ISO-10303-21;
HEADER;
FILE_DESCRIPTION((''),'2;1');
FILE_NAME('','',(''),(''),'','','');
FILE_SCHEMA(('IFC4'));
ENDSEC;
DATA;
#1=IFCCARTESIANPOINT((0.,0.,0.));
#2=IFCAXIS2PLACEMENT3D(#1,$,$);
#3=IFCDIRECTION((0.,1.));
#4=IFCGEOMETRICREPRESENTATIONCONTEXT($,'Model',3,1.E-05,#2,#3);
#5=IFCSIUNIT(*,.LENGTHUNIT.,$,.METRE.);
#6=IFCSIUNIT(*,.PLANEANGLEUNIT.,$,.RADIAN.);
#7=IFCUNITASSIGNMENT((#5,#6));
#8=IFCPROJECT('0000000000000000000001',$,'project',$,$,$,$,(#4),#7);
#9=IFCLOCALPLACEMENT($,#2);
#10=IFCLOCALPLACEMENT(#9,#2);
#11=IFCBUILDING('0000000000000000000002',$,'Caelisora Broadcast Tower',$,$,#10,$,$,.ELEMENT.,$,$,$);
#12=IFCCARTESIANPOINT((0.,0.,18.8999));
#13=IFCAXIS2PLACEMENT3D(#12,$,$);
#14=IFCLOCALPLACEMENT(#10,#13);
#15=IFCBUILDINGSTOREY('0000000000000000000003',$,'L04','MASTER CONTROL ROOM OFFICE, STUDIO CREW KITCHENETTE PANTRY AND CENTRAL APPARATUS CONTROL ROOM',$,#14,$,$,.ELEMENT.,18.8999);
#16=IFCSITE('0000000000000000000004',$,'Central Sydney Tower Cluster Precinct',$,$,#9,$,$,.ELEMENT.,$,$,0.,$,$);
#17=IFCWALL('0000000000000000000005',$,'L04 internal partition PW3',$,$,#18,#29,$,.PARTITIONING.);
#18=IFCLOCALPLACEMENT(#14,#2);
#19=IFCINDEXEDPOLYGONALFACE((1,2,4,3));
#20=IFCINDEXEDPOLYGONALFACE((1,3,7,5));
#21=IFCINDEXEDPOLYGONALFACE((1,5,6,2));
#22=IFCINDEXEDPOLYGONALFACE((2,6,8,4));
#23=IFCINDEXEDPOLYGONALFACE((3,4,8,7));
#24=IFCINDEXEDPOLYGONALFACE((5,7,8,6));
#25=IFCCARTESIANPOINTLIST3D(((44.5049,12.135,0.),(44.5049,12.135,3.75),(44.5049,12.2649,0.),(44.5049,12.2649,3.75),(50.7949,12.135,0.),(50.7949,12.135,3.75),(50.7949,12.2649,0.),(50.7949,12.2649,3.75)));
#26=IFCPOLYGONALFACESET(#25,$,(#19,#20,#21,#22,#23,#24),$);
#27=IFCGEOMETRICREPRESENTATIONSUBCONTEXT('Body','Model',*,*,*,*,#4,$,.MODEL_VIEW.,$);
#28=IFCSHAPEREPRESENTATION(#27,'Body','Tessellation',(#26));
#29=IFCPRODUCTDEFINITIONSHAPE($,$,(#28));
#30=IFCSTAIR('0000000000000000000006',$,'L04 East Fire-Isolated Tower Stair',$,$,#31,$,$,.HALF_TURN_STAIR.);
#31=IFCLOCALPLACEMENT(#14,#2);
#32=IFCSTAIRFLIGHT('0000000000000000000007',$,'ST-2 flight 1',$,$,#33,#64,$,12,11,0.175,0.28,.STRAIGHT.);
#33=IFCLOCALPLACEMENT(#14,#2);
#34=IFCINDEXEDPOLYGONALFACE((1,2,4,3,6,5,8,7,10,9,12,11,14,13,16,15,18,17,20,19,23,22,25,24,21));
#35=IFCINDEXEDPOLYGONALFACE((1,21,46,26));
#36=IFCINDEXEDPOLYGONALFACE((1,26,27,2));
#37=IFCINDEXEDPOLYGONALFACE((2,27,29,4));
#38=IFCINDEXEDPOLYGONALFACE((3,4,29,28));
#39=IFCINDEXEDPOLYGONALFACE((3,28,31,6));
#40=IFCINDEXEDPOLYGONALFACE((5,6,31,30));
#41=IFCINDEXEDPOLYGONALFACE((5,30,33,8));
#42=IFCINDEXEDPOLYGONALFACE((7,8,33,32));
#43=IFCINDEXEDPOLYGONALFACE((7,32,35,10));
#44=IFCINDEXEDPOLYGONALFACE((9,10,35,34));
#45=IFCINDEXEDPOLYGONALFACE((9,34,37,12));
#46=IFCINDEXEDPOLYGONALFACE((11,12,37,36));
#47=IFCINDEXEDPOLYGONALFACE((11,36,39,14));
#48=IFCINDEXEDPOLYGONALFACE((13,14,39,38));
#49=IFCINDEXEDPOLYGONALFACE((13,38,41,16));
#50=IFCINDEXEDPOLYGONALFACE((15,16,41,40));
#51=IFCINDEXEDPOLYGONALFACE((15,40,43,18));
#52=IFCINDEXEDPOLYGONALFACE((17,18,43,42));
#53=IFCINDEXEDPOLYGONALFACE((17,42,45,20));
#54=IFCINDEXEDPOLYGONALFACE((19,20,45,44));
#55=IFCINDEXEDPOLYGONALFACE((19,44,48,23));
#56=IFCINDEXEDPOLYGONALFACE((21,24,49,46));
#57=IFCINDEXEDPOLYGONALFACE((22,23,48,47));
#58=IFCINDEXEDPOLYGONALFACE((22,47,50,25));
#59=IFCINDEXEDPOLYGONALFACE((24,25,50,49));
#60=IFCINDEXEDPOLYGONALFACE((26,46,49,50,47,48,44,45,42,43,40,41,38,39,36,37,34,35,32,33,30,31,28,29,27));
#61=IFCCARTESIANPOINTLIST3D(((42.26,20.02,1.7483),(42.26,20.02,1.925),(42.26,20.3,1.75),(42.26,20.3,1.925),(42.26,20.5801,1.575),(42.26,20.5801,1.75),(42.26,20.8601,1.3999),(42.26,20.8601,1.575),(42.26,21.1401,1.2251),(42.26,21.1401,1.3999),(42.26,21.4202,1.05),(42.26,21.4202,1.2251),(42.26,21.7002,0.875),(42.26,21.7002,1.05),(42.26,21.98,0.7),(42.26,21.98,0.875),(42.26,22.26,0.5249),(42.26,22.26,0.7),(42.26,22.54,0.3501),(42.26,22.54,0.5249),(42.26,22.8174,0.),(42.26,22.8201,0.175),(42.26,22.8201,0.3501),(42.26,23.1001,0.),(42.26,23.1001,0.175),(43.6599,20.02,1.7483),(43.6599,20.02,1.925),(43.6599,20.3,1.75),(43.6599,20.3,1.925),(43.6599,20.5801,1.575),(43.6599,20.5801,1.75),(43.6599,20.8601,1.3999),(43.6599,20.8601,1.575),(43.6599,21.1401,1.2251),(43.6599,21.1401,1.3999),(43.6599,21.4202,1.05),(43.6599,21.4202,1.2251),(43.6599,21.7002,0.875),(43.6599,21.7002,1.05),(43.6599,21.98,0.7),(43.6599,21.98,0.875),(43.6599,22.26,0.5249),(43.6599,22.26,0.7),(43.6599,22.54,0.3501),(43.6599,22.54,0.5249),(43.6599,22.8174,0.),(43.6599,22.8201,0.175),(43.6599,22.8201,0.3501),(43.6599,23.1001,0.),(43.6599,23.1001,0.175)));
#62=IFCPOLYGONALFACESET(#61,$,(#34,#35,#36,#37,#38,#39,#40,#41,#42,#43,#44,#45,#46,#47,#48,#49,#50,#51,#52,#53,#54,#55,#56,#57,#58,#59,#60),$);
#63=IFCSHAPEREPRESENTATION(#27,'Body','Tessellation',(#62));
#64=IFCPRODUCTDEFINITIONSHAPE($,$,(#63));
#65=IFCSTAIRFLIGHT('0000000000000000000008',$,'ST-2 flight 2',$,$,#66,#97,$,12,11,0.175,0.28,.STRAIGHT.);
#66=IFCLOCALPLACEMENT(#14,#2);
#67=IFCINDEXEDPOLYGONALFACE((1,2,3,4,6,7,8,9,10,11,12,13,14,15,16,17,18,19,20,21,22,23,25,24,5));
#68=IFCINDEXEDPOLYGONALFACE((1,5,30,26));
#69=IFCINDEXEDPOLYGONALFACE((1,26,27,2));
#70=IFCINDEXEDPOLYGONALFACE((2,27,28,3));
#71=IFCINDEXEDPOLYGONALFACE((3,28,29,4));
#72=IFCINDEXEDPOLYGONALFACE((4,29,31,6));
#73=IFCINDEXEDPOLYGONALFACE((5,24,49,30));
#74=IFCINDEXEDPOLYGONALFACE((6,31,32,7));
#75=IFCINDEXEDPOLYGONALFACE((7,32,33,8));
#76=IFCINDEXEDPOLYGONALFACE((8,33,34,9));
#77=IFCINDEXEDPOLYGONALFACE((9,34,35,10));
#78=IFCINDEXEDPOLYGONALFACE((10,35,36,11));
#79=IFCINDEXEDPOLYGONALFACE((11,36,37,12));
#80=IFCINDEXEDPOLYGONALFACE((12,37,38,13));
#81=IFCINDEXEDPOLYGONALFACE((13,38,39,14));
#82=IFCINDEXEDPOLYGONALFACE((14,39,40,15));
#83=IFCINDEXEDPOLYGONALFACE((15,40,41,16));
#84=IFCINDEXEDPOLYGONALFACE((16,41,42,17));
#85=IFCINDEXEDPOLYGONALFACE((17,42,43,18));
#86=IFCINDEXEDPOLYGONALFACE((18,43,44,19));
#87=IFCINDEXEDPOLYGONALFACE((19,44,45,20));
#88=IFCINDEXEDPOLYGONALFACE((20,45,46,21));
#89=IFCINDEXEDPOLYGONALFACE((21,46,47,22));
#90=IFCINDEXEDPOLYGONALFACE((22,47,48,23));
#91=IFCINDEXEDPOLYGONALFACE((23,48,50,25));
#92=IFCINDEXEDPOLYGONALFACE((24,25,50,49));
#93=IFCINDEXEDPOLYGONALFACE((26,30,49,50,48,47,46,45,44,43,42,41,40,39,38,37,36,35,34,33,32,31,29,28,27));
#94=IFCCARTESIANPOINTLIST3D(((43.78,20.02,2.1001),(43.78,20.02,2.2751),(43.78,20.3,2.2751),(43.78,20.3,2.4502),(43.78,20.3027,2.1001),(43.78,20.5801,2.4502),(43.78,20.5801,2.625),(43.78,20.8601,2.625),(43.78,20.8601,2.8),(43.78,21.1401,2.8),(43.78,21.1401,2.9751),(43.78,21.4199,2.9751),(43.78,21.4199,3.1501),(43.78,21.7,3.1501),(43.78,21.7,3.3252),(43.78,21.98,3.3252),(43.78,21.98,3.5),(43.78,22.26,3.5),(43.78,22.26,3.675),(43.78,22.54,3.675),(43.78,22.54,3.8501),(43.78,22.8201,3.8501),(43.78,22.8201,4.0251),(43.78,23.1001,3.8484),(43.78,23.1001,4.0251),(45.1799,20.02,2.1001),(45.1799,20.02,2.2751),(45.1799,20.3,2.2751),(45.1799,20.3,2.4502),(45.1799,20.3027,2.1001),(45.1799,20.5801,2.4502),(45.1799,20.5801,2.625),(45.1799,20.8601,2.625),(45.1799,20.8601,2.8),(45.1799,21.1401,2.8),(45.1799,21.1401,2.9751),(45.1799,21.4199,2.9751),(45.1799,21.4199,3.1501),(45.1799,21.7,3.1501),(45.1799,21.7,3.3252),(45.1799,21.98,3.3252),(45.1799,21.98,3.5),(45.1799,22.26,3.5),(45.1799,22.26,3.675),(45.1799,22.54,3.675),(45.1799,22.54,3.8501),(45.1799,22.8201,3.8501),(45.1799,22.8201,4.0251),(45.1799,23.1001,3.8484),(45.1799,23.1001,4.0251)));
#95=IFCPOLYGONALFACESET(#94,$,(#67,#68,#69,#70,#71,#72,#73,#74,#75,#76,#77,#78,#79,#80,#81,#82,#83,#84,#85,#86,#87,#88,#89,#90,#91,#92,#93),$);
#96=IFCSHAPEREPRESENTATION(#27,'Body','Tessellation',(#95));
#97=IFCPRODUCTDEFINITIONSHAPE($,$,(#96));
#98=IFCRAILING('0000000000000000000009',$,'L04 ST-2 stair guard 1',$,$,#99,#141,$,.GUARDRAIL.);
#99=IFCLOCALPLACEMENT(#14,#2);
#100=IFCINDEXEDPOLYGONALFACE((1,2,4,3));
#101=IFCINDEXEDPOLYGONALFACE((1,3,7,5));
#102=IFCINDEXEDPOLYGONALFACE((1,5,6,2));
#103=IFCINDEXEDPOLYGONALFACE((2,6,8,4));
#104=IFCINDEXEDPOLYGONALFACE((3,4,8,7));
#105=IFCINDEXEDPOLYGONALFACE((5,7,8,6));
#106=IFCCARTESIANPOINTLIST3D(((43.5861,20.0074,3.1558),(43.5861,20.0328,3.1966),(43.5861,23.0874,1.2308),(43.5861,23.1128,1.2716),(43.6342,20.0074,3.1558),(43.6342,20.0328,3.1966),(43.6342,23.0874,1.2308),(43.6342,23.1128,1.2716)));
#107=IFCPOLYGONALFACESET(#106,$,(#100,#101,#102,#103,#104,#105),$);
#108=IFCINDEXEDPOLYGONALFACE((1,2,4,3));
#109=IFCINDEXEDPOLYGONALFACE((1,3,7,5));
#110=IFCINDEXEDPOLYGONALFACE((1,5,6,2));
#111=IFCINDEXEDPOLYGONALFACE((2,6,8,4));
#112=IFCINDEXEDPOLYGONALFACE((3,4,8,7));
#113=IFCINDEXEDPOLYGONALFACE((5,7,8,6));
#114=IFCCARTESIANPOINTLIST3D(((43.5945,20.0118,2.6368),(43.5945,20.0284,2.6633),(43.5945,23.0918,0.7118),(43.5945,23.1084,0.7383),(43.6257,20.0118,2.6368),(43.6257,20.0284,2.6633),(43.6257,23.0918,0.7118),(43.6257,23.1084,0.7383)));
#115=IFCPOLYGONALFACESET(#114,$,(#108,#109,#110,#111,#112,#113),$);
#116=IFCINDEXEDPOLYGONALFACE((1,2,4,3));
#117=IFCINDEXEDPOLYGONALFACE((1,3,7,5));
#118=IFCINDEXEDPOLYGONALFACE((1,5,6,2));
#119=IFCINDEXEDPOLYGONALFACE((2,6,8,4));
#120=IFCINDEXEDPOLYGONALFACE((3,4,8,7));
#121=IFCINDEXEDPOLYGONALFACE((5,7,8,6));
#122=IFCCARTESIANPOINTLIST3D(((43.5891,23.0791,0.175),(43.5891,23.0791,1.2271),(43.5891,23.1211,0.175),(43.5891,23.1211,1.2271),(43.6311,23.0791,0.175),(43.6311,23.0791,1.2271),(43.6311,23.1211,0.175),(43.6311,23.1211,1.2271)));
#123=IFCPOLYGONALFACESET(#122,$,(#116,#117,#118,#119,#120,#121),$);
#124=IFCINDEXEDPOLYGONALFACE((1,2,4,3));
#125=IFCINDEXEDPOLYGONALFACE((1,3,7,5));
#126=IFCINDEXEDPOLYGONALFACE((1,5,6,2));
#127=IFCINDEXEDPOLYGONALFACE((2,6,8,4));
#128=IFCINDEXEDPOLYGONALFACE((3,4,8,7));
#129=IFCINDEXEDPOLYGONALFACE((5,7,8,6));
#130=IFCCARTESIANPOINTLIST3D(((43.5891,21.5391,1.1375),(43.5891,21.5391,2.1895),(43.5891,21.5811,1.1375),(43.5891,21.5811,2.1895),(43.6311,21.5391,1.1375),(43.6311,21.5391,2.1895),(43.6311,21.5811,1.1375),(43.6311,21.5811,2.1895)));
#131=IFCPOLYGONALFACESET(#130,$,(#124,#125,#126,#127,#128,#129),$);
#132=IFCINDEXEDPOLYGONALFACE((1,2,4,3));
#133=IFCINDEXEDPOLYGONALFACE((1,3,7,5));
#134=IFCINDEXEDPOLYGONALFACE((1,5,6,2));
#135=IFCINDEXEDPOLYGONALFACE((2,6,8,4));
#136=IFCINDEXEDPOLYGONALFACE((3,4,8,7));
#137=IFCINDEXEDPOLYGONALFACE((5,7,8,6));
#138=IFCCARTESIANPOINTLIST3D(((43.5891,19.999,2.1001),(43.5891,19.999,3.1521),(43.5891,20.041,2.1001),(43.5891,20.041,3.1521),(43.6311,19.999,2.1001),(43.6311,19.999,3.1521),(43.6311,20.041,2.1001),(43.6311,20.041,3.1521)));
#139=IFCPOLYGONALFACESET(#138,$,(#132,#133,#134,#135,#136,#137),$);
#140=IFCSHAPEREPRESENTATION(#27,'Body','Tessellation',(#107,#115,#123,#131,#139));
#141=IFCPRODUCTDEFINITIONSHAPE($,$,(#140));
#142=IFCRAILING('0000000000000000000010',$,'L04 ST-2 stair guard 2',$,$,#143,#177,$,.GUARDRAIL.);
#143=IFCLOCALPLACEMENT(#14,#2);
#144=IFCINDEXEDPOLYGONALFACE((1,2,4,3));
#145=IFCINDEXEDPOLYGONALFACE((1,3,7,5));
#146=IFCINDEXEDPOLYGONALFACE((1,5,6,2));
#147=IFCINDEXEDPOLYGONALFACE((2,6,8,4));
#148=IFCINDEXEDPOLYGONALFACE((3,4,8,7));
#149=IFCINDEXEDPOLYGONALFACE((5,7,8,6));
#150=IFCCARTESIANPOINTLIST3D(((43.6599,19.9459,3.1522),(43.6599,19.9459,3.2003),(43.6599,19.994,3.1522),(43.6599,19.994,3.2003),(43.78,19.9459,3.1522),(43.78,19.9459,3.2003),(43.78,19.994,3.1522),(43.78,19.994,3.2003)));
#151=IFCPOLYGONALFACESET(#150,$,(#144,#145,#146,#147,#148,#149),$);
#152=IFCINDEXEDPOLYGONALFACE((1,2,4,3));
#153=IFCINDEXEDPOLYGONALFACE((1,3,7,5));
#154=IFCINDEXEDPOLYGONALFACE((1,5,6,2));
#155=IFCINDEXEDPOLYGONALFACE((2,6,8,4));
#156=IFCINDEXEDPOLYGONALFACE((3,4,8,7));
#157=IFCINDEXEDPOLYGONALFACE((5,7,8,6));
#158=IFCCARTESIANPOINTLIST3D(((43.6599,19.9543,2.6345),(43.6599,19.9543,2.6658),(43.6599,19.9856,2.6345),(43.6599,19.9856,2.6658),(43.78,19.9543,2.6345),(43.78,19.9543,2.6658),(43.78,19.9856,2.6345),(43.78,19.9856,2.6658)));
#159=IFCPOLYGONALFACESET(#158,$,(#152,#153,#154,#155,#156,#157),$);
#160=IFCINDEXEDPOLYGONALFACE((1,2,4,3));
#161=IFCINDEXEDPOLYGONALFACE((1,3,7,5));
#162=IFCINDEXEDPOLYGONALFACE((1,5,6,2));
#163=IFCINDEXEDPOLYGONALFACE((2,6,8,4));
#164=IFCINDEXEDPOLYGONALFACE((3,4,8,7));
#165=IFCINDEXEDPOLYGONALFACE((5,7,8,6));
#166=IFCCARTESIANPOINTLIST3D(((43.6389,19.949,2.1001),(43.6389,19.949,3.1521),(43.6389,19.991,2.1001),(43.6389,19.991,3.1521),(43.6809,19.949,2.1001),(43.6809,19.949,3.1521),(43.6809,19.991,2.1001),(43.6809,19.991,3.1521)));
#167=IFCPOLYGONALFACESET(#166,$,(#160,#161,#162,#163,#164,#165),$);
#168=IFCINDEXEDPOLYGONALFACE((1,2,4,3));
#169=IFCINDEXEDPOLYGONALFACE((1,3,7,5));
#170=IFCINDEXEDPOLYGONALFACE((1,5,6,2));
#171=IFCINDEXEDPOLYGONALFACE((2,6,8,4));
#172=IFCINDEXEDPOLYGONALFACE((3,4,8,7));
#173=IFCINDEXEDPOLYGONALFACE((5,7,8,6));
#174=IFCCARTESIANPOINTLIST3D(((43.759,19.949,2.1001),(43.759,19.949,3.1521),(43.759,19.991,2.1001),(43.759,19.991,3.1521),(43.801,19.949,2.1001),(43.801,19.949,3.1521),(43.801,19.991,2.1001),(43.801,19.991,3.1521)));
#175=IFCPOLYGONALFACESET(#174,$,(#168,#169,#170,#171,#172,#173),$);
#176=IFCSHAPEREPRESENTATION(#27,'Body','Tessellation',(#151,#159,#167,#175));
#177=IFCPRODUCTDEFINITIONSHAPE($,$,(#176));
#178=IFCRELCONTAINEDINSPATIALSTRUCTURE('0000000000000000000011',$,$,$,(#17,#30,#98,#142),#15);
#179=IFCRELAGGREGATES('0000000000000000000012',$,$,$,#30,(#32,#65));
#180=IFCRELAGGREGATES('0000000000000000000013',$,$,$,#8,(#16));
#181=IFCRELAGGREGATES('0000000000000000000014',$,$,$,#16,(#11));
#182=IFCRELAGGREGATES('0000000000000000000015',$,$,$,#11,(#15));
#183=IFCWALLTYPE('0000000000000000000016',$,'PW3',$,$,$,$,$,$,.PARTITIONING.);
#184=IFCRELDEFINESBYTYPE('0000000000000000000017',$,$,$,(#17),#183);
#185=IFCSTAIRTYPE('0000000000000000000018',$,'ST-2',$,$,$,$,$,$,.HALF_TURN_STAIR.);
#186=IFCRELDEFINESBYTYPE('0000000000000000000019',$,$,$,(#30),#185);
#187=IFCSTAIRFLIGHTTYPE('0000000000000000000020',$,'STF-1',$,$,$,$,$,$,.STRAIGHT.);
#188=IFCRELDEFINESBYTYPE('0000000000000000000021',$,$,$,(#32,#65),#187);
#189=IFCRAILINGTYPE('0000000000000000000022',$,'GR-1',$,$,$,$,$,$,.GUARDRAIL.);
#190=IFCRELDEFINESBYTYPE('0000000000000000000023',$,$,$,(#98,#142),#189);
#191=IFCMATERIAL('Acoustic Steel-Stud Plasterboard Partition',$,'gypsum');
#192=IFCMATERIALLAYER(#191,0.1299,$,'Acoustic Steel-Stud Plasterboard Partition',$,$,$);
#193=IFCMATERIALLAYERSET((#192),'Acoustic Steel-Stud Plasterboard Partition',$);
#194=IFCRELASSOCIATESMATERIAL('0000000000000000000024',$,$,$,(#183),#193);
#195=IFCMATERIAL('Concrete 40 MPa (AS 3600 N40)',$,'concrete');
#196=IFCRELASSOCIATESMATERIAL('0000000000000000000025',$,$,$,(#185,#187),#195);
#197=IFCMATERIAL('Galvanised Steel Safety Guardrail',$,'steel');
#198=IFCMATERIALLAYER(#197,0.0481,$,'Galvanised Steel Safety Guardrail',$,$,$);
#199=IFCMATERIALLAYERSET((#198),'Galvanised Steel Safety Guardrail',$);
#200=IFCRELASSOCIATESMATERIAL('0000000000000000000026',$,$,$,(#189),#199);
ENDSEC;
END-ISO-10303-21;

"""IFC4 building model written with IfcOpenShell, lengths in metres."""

from ifc_helpers import new_model, si_unit, direction, frame, frame_2d, origin, origin_2d, place, context, subcontext, project, spatial, polyline, rectangle, outline, extrude, material, layer, layer_set, type_object, element, aggregate, save


model = new_model("IFC4")

# Units and contexts
model_context = context("Model", 3, precision=1e-05, world=origin(), true_north=direction((0.0, 1.0)))
body_context = subcontext(model_context, "Body", "Model", "MODEL_VIEW")
ifc_project = project(units=[si_unit("LENGTHUNIT", "METRE"), si_unit("PLANEANGLEUNIT", "RADIAN")], contexts=[model_context])

# Site, building, storey
site_placement = place(None, origin())
site = spatial("IfcSite", under=ifc_project, at=site_placement, Name="Central Sydney Tower Cluster Precinct", CompositionType="ELEMENT", RefElevation=0.0)
building_placement = place(site_placement, origin())
building = spatial("IfcBuilding", under=site, at=building_placement, Name="Caelisora Broadcast Tower", CompositionType="ELEMENT")
storey_placement = place(building_placement, frame((0.0, 0.0, 18.8999)))
storey = spatial("IfcBuildingStorey", under=building, at=storey_placement, Name="L04", Description="MASTER CONTROL ROOM OFFICE, STUDIO CREW KITCHENETTE PANTRY AND CENTRAL APPARATUS CONTROL ROOM", CompositionType="ELEMENT", Elevation=18.8999)

# Wall
ifc_material_1 = material(Name="Acoustic Steel-Stud Plasterboard Partition", Category="gypsum")
ifc_layer_1 = layer(ifc_material_1, 0.1299, Name="Acoustic Steel-Stud Plasterboard Partition")
ifc_layer_set_1 = layer_set([ifc_layer_1], Name="Acoustic Steel-Stud Plasterboard Partition")
wall_type_1 = type_object("IfcWallType", Name="PW3", PredefinedType="PARTITIONING", material=ifc_layer_set_1)
wall_1_placement = place(storey_placement, frame((44.5049, 12.2, 0.0), z_axis=(0.0, 0.0, 1.0), x_axis=(1.0, 0.0, 0.0)))
element("IfcWall", 1, at=wall_1_placement, inside=storey, type_object=wall_type_1, Name="L04 internal partition PW3", PredefinedType="PARTITIONING", context=body_context, shape_type="SweptSolid", body=[
    extrude(rectangle(XDim=6.29, YDim=0.1299, at=frame_2d((3.145, 0.0))), origin(), (0.0, 0.0, 1.0), 3.75),
])

# Stair, stair flights
ifc_material_2 = material(Name="Concrete 40 MPa (AS 3600 N40)", Category="concrete")
stair_type = type_object("IfcStairType", Name="ST-2", PredefinedType="HALF_TURN_STAIR", material=ifc_material_2)
stair_placement = place(storey_placement, origin())
stair = element("IfcStair", 2, at=stair_placement, inside=storey, type_object=stair_type, Name="L04 East Fire-Isolated Tower Stair", PredefinedType="HALF_TURN_STAIR")
stair_flight_type = type_object("IfcStairFlightType", Name="STF-1", PredefinedType="STRAIGHT", material=ifc_material_2)
stair_flight_1_placement = place(storey_placement, frame((42.96, 23.1001, 0.0), z_axis=(0.0, 0.0, 1.0), x_axis=(0.0, -1.0, 0.0)))
stair_flight_1 = element("IfcStairFlight", 3, at=stair_flight_1_placement, type_object=stair_flight_type, Name="ST-2 flight 1", NumberOfRisers=12, NumberOfTreads=11, PredefinedType="STRAIGHT", RiserHeight=0.175, TreadLength=0.28, context=body_context, shape_type="SweptSolid", body=[
    extrude(outline(polyline([(0.0, 0.0), (0.0, 0.175), (0.28, 0.175), (0.28, 0.3501), (0.5601, 0.3501), (0.5601, 0.5249), (0.8401, 0.5249), (0.8401, 0.7), (1.1201, 0.7), (1.1201, 0.875), (1.3999, 0.875), (1.3999, 1.05), (1.6799, 1.05), (1.6799, 1.2251), (1.96, 1.2251), (1.96, 1.3999), (2.24, 1.3999), (2.24, 1.575), (2.52, 1.575), (2.52, 1.75), (2.8, 1.75), (2.8, 1.925), (3.0801, 1.925), (3.0801, 2.1001), (3.0801, 1.7483), (0.2827, 0.0), (0.0, 0.0)])), frame((0.0, 0.7, 0.0), z_axis=(0.0, -1.0, 0.0), x_axis=(1.0, 0.0, 0.0)), (0.0, 0.0, 1.0), 1.3999),
])
stair_flight_2_placement = place(storey_placement, frame((44.48, 20.02, 2.1001), z_axis=(0.0, 0.0, 1.0), x_axis=(0.0, 1.0, 0.0)))
stair_flight_2 = element("IfcStairFlight", 4, at=stair_flight_2_placement, type_object=stair_flight_type, Name="ST-2 flight 2", NumberOfRisers=12, NumberOfTreads=11, PredefinedType="STRAIGHT", RiserHeight=0.175, TreadLength=0.28, context=body_context, shape_type="SweptSolid", body=[
    extrude(outline(polyline([(0.0, 0.0), (0.0, 0.175), (0.28, 0.175), (0.28, 0.3501), (0.5601, 0.3501), (0.5601, 0.5249), (0.8401, 0.5249), (0.8401, 0.7), (1.1201, 0.7), (1.1201, 0.875), (1.3999, 0.875), (1.3999, 1.05), (1.6799, 1.05), (1.6799, 1.2251), (1.96, 1.2251), (1.96, 1.3999), (2.24, 1.3999), (2.24, 1.575), (2.52, 1.575), (2.52, 1.75), (2.8, 1.75), (2.8, 1.925), (3.0801, 1.925), (3.0801, 2.1001), (3.0801, 1.7483), (0.2827, 0.0), (0.0, 0.0)])), frame((0.0, 0.7, 0.0), z_axis=(0.0, -1.0, 0.0), x_axis=(1.0, 0.0, 0.0)), (0.0, 0.0, 1.0), 1.3999),
])
aggregate(stair, [stair_flight_1, stair_flight_2])

# Railings
ifc_material_3 = material(Name="Galvanised Steel Safety Guardrail", Category="steel")
ifc_layer_2 = layer(ifc_material_3, 0.0481, Name="Galvanised Steel Safety Guardrail")
ifc_layer_set_2 = layer_set([ifc_layer_2], Name="Galvanised Steel Safety Guardrail")
railing_type_1 = type_object("IfcRailingType", Name="GR-1", PredefinedType="GUARDRAIL", material=ifc_layer_set_2)
railing_1_placement = place(storey_placement, frame((43.6101, 23.1001, 0.175)))
element("IfcRailing", 5, at=railing_1_placement, inside=storey, type_object=railing_type_1, Name="L04 ST-2 stair guard 1", PredefinedType="GUARDRAIL", context=body_context, shape_type="SweptSolid", body=[
    extrude(rectangle(XDim=0.0481, YDim=0.0481, at=origin_2d()), frame((0.0, 0.0, 1.0762), z_axis=(0.0, -0.847998, 0.529999), x_axis=(1.0, 0.0, 0.0)), (0.0, 0.0, 1.0), 3.6321),
    extrude(rectangle(XDim=0.0312, YDim=0.0312, at=origin_2d()), frame((0.0, 0.0, 0.55), z_axis=(0.0, -0.847998, 0.529999), x_axis=(1.0, 0.0, 0.0)), (0.0, 0.0, 1.0), 3.6321),
    extrude(rectangle(XDim=0.042, YDim=0.042, at=origin_2d()), origin(), (0.0, 0.0, 1.0), 1.052),
    extrude(rectangle(XDim=0.042, YDim=0.042, at=origin_2d()), frame((0.0, -1.54, 0.9624)), (0.0, 0.0, 1.0), 1.052),
    extrude(rectangle(XDim=0.042, YDim=0.042, at=origin_2d()), frame((0.0, -3.0801, 1.925)), (0.0, 0.0, 1.0), 1.052),
])
railing_2_placement = place(storey_placement, frame((43.6599, 19.97, 2.1001)))
element("IfcRailing", 6, at=railing_2_placement, inside=storey, type_object=railing_type_1, Name="L04 ST-2 stair guard 2", PredefinedType="GUARDRAIL", context=body_context, shape_type="SweptSolid", body=[
    extrude(rectangle(XDim=0.0481, YDim=0.0481, at=origin_2d()), frame((0.0, 0.0, 1.0762), z_axis=(1.0, 0.0, 0.0), x_axis=(0.0, 1.0, 0.0)), (0.0, 0.0, 1.0), 0.1201),
    extrude(rectangle(XDim=0.0312, YDim=0.0312, at=origin_2d()), frame((0.0, 0.0, 0.55), z_axis=(1.0, 0.0, 0.0), x_axis=(0.0, 1.0, 0.0)), (0.0, 0.0, 1.0), 0.1201),
    extrude(rectangle(XDim=0.042, YDim=0.042, at=origin_2d()), origin(), (0.0, 0.0, 1.0), 1.052),
    extrude(rectangle(XDim=0.042, YDim=0.042, at=origin_2d()), frame((0.1201, 0.0, 0.0)), (0.0, 0.0, 1.0), 1.052),
])

save(model, "model.ifc")
